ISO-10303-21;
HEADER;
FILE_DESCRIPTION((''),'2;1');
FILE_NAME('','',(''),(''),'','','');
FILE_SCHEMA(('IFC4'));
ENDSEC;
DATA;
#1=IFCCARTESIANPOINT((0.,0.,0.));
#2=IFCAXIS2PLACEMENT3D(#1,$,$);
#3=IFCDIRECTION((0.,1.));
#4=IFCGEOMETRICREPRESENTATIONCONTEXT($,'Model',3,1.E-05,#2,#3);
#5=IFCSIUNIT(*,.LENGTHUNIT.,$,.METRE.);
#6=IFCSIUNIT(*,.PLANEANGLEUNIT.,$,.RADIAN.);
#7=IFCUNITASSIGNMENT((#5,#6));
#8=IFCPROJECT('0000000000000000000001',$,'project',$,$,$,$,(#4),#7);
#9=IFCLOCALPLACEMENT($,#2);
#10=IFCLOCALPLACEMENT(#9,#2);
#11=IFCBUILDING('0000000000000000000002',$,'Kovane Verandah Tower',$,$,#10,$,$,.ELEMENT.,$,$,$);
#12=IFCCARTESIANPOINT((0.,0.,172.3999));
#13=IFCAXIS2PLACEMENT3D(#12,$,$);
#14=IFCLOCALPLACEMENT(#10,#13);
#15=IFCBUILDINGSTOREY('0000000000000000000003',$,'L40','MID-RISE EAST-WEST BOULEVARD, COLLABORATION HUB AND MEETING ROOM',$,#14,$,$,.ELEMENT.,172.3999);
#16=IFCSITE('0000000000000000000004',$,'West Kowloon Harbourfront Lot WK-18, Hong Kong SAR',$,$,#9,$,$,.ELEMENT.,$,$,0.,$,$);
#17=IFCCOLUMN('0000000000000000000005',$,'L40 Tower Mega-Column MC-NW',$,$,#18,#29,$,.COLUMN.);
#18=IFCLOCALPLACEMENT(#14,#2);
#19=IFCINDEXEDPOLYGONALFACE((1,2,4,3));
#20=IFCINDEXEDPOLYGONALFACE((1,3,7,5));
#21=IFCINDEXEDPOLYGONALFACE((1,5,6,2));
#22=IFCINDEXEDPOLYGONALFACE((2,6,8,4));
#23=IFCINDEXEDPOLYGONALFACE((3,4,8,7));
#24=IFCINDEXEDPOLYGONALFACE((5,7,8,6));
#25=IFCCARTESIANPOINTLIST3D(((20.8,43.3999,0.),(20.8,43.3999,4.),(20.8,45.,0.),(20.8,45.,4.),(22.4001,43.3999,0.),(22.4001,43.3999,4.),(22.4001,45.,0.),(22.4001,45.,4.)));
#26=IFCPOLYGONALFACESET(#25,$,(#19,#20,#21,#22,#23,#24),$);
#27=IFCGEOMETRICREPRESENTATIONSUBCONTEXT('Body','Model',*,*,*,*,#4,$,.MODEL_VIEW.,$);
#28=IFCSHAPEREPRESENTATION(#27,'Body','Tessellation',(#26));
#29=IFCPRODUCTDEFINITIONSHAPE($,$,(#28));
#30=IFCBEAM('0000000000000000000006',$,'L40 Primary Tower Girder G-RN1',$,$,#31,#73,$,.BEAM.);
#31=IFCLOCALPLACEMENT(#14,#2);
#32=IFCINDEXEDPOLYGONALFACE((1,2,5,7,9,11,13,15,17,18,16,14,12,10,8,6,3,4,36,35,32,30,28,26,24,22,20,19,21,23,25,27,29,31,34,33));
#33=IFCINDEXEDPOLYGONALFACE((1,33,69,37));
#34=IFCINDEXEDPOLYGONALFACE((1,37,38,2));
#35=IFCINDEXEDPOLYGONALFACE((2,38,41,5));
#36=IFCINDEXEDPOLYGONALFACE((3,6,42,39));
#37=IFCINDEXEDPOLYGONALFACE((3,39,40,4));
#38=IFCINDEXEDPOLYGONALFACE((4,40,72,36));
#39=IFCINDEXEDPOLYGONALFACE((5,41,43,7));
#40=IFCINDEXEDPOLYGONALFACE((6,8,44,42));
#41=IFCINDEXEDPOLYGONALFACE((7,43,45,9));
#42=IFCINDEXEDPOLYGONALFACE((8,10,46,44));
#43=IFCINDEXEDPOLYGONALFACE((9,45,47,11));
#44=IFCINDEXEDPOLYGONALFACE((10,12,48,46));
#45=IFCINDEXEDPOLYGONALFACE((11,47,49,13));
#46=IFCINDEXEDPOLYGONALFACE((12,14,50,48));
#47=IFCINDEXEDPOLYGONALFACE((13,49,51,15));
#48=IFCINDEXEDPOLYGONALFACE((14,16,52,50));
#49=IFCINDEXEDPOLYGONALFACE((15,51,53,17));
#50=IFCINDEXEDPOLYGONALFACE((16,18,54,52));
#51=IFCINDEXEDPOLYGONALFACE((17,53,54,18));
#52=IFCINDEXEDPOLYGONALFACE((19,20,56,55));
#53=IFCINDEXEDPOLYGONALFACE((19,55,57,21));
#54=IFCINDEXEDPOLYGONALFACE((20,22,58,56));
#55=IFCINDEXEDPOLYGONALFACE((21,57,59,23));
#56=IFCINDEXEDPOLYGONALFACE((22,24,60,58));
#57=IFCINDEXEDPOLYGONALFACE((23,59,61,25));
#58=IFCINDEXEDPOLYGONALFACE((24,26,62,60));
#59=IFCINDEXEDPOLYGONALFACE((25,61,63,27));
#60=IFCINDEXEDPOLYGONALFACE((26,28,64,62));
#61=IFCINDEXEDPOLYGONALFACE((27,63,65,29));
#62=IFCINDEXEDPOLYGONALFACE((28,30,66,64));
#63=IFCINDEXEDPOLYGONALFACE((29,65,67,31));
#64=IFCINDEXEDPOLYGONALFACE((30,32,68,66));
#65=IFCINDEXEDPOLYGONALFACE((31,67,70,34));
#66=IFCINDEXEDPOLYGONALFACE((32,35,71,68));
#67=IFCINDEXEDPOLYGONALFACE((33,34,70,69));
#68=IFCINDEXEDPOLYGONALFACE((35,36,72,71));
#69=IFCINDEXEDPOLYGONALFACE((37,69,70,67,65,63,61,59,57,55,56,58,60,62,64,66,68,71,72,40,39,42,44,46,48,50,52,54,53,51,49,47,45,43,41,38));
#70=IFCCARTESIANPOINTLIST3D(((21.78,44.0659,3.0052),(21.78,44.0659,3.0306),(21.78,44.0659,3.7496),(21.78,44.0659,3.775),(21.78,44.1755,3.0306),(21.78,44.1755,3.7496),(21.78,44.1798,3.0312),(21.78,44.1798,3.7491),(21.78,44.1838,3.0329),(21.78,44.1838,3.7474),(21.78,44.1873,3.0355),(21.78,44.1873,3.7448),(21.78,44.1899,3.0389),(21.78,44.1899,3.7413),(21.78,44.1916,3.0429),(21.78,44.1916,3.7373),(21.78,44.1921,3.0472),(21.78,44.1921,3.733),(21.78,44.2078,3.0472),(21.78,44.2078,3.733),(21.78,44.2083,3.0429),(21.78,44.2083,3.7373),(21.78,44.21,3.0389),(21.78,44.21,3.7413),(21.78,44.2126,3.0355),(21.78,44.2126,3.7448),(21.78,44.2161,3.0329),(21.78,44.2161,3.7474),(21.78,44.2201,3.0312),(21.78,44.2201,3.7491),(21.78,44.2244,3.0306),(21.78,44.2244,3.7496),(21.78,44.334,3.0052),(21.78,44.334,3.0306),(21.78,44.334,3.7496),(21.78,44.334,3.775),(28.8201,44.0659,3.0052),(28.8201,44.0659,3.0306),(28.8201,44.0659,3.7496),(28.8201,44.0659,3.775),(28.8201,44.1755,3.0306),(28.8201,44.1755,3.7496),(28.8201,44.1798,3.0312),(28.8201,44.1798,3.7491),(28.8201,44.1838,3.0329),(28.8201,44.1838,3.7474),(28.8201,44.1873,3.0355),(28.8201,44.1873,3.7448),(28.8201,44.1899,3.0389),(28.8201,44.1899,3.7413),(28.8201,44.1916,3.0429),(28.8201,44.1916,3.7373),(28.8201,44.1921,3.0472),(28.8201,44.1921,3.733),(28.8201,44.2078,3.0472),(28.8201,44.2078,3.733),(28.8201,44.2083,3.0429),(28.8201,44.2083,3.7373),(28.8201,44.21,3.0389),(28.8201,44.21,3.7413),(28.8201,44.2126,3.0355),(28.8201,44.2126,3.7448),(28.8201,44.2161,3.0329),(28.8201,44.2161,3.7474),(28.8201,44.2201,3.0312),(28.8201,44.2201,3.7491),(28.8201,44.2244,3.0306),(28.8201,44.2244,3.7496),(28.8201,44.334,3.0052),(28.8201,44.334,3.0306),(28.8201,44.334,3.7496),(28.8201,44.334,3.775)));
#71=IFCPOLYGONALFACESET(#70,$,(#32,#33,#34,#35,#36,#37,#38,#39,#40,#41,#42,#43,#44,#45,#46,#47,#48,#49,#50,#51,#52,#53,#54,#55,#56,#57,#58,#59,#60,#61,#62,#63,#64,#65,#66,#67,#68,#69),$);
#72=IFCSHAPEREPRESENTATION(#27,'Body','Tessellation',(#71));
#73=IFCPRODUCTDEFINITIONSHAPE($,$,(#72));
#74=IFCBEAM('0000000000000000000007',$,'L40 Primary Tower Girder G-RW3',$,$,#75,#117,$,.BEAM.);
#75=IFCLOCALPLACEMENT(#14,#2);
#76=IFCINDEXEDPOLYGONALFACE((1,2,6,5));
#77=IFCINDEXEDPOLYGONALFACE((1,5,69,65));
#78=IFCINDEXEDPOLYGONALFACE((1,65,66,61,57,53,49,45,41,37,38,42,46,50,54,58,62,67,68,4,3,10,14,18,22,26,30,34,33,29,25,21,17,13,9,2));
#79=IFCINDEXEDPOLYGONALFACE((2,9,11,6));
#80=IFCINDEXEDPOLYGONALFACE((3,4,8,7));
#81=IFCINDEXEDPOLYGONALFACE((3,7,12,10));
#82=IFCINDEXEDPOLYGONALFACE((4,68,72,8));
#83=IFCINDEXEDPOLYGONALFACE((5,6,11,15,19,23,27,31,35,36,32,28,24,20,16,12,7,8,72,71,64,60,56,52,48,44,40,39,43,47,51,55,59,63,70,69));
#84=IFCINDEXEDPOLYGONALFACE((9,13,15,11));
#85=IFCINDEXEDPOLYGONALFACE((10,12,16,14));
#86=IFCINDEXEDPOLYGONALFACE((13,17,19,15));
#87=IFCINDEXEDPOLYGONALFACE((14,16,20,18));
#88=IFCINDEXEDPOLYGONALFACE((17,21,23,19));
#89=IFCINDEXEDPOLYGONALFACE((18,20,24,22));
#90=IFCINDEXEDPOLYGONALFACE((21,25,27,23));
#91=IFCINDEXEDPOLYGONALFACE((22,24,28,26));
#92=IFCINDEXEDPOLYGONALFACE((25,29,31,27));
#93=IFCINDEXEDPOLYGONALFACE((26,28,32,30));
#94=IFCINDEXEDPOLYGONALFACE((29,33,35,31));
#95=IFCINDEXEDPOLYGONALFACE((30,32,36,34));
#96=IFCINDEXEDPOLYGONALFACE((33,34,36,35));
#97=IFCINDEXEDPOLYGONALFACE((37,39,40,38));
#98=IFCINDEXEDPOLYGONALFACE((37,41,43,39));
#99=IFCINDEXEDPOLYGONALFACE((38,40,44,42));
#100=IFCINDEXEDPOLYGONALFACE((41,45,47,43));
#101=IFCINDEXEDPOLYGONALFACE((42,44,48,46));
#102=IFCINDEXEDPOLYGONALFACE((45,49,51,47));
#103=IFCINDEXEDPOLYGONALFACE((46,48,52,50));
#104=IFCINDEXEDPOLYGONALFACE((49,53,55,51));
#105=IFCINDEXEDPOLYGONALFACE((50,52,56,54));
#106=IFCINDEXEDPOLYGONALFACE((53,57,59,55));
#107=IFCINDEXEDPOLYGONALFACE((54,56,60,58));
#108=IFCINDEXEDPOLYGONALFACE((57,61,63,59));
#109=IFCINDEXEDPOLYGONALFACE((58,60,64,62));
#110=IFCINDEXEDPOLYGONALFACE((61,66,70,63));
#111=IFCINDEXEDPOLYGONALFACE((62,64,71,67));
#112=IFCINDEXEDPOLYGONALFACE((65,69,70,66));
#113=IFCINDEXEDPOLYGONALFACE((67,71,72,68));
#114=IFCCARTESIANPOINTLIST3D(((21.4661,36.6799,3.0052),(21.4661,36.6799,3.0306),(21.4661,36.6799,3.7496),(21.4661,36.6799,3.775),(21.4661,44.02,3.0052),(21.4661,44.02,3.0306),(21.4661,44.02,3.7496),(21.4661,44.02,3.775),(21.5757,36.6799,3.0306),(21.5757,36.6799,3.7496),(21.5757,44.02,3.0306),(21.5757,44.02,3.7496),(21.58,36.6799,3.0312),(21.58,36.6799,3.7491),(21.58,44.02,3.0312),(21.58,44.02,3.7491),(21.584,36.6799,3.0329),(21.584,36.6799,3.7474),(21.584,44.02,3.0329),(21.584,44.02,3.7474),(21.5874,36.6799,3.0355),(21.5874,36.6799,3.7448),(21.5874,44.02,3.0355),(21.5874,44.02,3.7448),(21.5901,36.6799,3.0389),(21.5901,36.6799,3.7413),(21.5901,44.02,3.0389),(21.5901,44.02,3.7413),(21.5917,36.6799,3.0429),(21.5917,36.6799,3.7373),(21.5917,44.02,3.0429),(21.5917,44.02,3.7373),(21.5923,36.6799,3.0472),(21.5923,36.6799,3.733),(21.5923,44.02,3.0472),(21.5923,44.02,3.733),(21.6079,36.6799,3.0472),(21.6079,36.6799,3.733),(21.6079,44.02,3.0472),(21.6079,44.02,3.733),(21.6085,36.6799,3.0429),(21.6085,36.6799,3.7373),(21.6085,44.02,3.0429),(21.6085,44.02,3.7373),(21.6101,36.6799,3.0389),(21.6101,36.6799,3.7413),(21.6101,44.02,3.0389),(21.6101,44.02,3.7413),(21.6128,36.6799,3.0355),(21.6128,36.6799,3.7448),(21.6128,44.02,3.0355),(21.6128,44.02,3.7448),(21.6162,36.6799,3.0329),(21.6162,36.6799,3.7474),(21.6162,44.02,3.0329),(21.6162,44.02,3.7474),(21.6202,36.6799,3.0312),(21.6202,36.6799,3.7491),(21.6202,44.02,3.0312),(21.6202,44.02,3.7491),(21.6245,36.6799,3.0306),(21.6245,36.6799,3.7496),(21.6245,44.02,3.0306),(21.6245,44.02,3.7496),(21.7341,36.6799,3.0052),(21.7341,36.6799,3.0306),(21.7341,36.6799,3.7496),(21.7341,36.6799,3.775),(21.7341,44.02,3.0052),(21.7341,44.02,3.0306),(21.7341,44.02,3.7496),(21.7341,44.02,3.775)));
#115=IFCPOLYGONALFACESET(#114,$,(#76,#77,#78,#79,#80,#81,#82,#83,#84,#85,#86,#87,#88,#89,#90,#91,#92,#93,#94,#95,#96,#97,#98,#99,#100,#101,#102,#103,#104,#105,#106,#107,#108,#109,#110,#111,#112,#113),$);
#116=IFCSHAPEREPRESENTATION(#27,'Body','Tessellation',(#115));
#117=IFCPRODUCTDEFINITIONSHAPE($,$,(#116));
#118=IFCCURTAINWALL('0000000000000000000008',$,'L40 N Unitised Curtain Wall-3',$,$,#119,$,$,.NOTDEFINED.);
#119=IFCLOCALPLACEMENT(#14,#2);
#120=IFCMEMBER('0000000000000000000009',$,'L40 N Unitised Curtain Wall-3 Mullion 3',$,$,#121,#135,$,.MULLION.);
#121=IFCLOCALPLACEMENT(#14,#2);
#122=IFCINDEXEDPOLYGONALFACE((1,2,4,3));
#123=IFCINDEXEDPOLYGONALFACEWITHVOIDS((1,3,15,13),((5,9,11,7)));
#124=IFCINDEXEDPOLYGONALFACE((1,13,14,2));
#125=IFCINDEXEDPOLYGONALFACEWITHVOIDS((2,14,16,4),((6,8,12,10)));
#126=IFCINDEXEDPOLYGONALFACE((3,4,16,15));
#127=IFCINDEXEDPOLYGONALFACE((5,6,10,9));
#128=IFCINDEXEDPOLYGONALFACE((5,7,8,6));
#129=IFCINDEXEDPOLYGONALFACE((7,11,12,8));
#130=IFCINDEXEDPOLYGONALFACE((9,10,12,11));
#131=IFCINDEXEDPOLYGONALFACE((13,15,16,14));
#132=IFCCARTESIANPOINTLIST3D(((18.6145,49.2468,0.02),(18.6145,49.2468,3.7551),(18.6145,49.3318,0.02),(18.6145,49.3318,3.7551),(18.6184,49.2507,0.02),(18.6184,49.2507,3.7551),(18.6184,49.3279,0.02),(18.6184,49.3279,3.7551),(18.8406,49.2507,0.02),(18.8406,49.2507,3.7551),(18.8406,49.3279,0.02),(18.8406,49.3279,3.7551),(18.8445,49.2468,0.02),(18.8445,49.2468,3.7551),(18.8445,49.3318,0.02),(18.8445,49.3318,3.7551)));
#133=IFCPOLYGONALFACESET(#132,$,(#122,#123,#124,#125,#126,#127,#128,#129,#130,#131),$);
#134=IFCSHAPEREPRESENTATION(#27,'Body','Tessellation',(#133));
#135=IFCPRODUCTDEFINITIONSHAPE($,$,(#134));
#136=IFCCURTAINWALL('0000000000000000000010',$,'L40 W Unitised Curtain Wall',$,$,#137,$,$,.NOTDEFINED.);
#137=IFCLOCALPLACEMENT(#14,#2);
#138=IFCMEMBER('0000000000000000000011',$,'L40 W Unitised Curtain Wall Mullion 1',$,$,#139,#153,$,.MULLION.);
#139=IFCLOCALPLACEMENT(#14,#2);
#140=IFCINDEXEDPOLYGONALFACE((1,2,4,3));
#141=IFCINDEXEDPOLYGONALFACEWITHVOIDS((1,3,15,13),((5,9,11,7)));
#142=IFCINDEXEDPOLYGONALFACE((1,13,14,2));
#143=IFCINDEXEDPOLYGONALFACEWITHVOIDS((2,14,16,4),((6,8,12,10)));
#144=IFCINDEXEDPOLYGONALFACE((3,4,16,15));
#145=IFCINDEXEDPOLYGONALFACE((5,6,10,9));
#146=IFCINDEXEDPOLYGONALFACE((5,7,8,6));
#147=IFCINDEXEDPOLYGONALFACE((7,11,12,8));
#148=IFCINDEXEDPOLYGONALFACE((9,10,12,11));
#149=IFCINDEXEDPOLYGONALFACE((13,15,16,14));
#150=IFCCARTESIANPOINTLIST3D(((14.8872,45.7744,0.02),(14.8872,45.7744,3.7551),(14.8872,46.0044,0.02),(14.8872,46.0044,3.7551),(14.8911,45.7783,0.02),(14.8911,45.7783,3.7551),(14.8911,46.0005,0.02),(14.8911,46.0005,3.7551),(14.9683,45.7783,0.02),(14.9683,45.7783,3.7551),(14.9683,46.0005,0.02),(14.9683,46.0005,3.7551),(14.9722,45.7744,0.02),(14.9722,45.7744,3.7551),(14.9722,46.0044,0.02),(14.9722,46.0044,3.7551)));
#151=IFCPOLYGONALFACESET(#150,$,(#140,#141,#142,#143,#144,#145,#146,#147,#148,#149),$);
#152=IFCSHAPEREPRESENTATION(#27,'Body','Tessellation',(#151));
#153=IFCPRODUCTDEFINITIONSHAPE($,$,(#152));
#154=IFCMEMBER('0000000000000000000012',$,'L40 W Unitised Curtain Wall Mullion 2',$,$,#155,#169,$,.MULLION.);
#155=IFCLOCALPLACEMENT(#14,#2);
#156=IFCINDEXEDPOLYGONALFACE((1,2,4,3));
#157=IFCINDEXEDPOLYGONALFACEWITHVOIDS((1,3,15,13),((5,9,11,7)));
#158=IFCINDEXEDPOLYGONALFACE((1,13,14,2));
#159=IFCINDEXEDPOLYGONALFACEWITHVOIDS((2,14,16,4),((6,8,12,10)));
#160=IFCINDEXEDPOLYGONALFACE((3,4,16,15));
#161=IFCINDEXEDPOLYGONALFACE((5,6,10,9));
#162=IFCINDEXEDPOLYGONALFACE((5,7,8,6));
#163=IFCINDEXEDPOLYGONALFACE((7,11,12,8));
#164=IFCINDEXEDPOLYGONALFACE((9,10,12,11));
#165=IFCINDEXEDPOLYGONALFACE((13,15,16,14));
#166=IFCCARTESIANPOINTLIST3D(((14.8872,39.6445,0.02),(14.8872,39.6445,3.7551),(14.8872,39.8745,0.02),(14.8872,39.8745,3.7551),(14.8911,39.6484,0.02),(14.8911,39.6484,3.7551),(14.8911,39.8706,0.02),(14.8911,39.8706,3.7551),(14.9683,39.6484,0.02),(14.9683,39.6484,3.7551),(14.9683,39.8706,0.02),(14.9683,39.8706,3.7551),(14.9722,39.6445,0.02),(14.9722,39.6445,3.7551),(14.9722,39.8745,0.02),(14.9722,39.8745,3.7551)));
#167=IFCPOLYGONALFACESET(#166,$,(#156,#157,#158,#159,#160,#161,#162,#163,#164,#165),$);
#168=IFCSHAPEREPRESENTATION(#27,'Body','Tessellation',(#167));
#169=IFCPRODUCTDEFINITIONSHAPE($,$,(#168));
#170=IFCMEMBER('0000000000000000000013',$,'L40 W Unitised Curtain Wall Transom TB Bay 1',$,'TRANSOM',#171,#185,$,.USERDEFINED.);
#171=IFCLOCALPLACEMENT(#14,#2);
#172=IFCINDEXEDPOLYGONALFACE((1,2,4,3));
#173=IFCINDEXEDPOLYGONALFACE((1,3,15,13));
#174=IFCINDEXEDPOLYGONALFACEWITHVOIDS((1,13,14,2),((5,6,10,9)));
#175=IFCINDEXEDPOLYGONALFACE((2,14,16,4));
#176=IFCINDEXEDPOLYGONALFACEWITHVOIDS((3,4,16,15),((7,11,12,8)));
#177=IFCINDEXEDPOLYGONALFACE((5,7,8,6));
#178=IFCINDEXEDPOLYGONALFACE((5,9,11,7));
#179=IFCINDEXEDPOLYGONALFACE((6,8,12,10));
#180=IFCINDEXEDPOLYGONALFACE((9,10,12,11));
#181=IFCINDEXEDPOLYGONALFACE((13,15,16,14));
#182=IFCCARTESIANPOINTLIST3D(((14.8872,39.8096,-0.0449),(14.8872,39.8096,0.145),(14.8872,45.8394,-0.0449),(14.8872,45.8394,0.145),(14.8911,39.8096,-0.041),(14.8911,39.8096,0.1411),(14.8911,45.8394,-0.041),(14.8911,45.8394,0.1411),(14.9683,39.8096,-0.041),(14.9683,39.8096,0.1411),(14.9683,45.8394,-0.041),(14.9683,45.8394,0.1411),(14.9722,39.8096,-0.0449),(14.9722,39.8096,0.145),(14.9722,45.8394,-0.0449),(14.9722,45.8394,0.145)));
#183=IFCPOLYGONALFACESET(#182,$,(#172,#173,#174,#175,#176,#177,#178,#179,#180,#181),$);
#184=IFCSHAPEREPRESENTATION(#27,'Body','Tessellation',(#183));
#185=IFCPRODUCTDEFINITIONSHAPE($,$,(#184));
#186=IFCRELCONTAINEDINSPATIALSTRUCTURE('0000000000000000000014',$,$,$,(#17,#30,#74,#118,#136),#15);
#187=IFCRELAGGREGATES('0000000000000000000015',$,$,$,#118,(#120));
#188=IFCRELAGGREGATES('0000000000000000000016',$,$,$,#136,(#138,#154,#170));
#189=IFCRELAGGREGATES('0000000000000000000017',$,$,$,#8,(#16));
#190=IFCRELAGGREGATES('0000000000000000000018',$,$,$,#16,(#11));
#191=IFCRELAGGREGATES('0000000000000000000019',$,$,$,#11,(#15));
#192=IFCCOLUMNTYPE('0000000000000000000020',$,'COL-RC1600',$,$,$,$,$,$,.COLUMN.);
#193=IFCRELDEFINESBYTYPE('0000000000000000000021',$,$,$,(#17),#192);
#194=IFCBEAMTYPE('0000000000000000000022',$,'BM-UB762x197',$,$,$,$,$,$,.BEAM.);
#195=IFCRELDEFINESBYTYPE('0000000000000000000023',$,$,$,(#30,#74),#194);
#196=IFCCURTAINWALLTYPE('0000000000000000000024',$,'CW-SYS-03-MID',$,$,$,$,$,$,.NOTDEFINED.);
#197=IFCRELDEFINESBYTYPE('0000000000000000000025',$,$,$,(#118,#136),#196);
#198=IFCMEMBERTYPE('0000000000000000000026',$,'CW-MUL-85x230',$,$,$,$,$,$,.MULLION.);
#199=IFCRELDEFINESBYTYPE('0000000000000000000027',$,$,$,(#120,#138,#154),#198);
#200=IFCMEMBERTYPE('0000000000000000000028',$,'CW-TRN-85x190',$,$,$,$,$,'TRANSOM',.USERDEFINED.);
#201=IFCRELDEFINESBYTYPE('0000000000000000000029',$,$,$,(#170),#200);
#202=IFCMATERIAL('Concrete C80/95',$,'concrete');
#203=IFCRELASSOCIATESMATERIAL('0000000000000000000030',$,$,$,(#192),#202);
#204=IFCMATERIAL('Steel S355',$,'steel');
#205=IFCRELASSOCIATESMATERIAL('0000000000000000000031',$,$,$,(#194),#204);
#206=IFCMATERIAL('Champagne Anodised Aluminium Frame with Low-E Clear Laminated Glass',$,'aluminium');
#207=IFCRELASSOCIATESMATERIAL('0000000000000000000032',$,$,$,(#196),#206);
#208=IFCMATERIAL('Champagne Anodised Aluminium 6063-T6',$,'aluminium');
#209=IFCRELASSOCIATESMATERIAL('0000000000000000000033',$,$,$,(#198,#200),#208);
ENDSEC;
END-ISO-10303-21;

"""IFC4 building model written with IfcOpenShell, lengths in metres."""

from ifc_helpers import new_model, si_unit, direction, frame, origin, origin_2d, place, context, subcontext, project, spatial, rectangle, hollow_rectangle, i_section, extrude, material, material_profile, profile_set, type_object, element, aggregate, save


model = new_model("IFC4")

# Units and contexts
model_context = context("Model", 3, precision=1e-05, world=origin(), true_north=direction((0.0, 1.0)))
body_context = subcontext(model_context, "Body", "Model", "MODEL_VIEW")
ifc_project = project(units=[si_unit("LENGTHUNIT", "METRE"), si_unit("PLANEANGLEUNIT", "RADIAN")], contexts=[model_context])

# Site, building, storey
site_placement = place(None, origin())
site = spatial("IfcSite", under=ifc_project, at=site_placement, Name="West Kowloon Harbourfront Lot WK-18, Hong Kong SAR", CompositionType="ELEMENT", RefElevation=0.0)
building_placement = place(site_placement, origin())
building = spatial("IfcBuilding", under=site, at=building_placement, Name="Kovane Verandah Tower", CompositionType="ELEMENT")
storey_placement = place(building_placement, frame((0.0, 0.0, 172.3999)))
storey = spatial("IfcBuildingStorey", under=building, at=storey_placement, Name="L40", Description="MID-RISE EAST-WEST BOULEVARD, COLLABORATION HUB AND MEETING ROOM", CompositionType="ELEMENT", Elevation=172.3999)

# Column
ifc_material_1 = material(Name="Concrete C80/95", Category="concrete")
ifc_material_profile_1 = material_profile(ifc_material_1, rectangle(XDim=1.6001, YDim=1.6001, at=origin_2d()), Name="RC1600x1600")
ifc_profile_set_1 = profile_set([ifc_material_profile_1], Name="Concrete C80/95")
column_type = type_object("IfcColumnType", Name="COL-RC1600", PredefinedType="COLUMN", material=ifc_profile_set_1)
column_placement = place(storey_placement, frame((21.6001, 44.2, 0.0), z_axis=(0.0, 0.0, 1.0), x_axis=(1.0, 0.0, 0.0)))
element("IfcColumn", 1, at=column_placement, inside=storey, type_object=column_type, Name="L40 Tower Mega-Column MC-NW", PredefinedType="COLUMN", context=body_context, shape_type="SweptSolid", body=[
    extrude(rectangle(XDim=1.6001, YDim=1.6001, at=origin_2d()), origin(), (0.0, 0.0, 1.0), 4.0),
])

# Beams
ifc_material_2 = material(Name="Steel S355", Category="steel")
ifc_material_profile_2 = material_profile(ifc_material_2, i_section(OverallWidth=0.2681, OverallDepth=0.7698, WebThickness=0.0156, FlangeThickness=0.0254, FilletRadius=0.0166, at=origin_2d()), Name="UB762x267x197")
ifc_profile_set_2 = profile_set([ifc_material_profile_2], Name="Steel S355")
beam_type = type_object("IfcBeamType", Name="BM-UB762x197", PredefinedType="BEAM", material=ifc_profile_set_2)
beam_1_placement = place(storey_placement, frame((21.78, 44.2, 3.3901), z_axis=(1.0, 0.0, 0.0), x_axis=(0.0, 1.0, 0.0)))
element("IfcBeam", 2, at=beam_1_placement, inside=storey, type_object=beam_type, Name="L40 Primary Tower Girder G-RN1", PredefinedType="BEAM", context=body_context, shape_type="SweptSolid", body=[
    extrude(i_section(OverallWidth=0.2681, OverallDepth=0.7698, WebThickness=0.0156, FlangeThickness=0.0254, FilletRadius=0.0166, at=origin_2d()), origin(), (0.0, 0.0, 1.0), 7.04),
])
beam_2_placement = place(storey_placement, frame((21.6001, 36.6799, 3.3901), z_axis=(0.0, 1.0, 0.0), x_axis=(-1.0, 0.0, 0.0)))
element("IfcBeam", 3, at=beam_2_placement, inside=storey, type_object=beam_type, Name="L40 Primary Tower Girder G-RW3", PredefinedType="BEAM", context=body_context, shape_type="SweptSolid", body=[
    extrude(i_section(OverallWidth=0.2681, OverallDepth=0.7698, WebThickness=0.0156, FlangeThickness=0.0254, FilletRadius=0.0166, at=origin_2d()), origin(), (0.0, 0.0, 1.0), 7.3401),
])

# Curtain wall, member
ifc_material_3 = material(Name="Champagne Anodised Aluminium Frame with Low-E Clear Laminated Glass", Category="aluminium")
curtain_wall_type = type_object("IfcCurtainWallType", Name="CW-SYS-03-MID", PredefinedType="NOTDEFINED", material=ifc_material_3)
curtain_wall_1_placement = place(storey_placement, origin())
curtain_wall_1 = element("IfcCurtainWall", 4, at=curtain_wall_1_placement, inside=storey, type_object=curtain_wall_type, Name="L40 N Unitised Curtain Wall-3", PredefinedType="NOTDEFINED")
ifc_material_4 = material(Name="Champagne Anodised Aluminium 6063-T6", Category="aluminium")
ifc_material_profile_3 = material_profile(ifc_material_4, hollow_rectangle(XDim=0.085, YDim=0.23, WallThickness=0.0039, at=origin_2d()), Name="AL85x230x4")
ifc_profile_set_3 = profile_set([ifc_material_profile_3], Name="Champagne Anodised Aluminium 6063-T6")
member_type_1 = type_object("IfcMemberType", Name="CW-MUL-85x230", PredefinedType="MULLION", material=ifc_profile_set_3)
member_1_placement = place(storey_placement, frame((18.7295, 49.2893, 0.02), z_axis=(0.0, 0.0, 1.0), x_axis=(0.0, 1.0, 0.0)))
member_1 = element("IfcMember", 5, at=member_1_placement, type_object=member_type_1, Name="L40 N Unitised Curtain Wall-3 Mullion 3", PredefinedType="MULLION", context=body_context, shape_type="SweptSolid", body=[
    extrude(hollow_rectangle(XDim=0.085, YDim=0.23, WallThickness=0.0039, at=origin_2d()), origin(), (0.0, 0.0, 1.0), 3.7351),
])

# Curtain wall, members
curtain_wall_2_placement = place(storey_placement, origin())
curtain_wall_2 = element("IfcCurtainWall", 6, at=curtain_wall_2_placement, inside=storey, type_object=curtain_wall_type, Name="L40 W Unitised Curtain Wall", PredefinedType="NOTDEFINED")
member_2_placement = place(storey_placement, frame((14.9297, 45.8894, 0.02), z_axis=(0.0, 0.0, 1.0), x_axis=(-1.0, 0.0, 0.0)))
member_2 = element("IfcMember", 7, at=member_2_placement, type_object=member_type_1, Name="L40 W Unitised Curtain Wall Mullion 1", PredefinedType="MULLION", context=body_context, shape_type="SweptSolid", body=[
    extrude(hollow_rectangle(XDim=0.085, YDim=0.23, WallThickness=0.0039, at=origin_2d()), origin(), (0.0, 0.0, 1.0), 3.7351),
])
member_3_placement = place(storey_placement, frame((14.9297, 39.7595, 0.02), z_axis=(0.0, 0.0, 1.0), x_axis=(-1.0, 0.0, 0.0)))
member_3 = element("IfcMember", 8, at=member_3_placement, type_object=member_type_1, Name="L40 W Unitised Curtain Wall Mullion 2", PredefinedType="MULLION", context=body_context, shape_type="SweptSolid", body=[
    extrude(hollow_rectangle(XDim=0.085, YDim=0.23, WallThickness=0.0039, at=origin_2d()), origin(), (0.0, 0.0, 1.0), 3.7351),
])
ifc_material_profile_4 = material_profile(ifc_material_4, hollow_rectangle(XDim=0.085, YDim=0.1899, WallThickness=0.0039, at=origin_2d()), Name="AL85x190x4")
ifc_profile_set_4 = profile_set([ifc_material_profile_4], Name="Champagne Anodised Aluminium 6063-T6")
member_type_2 = type_object("IfcMemberType", Name="CW-TRN-85x190", ElementType="TRANSOM", PredefinedType="USERDEFINED", material=ifc_profile_set_4)
member_4_placement = place(storey_placement, frame((14.9297, 45.8394, 0.05), z_axis=(0.0, -1.0, 0.0), x_axis=(1.0, 0.0, 0.0)))
member_4 = element("IfcMember", 9, at=member_4_placement, type_object=member_type_2, Name="L40 W Unitised Curtain Wall Transom TB Bay 1", ObjectType="TRANSOM", PredefinedType="USERDEFINED", context=body_context, shape_type="SweptSolid", body=[
    extrude(hollow_rectangle(XDim=0.085, YDim=0.1899, WallThickness=0.0039, at=origin_2d()), origin(), (0.0, 0.0, 1.0), 6.0298),
])

aggregate(curtain_wall_1, [member_1])
aggregate(curtain_wall_2, [member_2, member_3, member_4])

save(model, "model.ifc")
